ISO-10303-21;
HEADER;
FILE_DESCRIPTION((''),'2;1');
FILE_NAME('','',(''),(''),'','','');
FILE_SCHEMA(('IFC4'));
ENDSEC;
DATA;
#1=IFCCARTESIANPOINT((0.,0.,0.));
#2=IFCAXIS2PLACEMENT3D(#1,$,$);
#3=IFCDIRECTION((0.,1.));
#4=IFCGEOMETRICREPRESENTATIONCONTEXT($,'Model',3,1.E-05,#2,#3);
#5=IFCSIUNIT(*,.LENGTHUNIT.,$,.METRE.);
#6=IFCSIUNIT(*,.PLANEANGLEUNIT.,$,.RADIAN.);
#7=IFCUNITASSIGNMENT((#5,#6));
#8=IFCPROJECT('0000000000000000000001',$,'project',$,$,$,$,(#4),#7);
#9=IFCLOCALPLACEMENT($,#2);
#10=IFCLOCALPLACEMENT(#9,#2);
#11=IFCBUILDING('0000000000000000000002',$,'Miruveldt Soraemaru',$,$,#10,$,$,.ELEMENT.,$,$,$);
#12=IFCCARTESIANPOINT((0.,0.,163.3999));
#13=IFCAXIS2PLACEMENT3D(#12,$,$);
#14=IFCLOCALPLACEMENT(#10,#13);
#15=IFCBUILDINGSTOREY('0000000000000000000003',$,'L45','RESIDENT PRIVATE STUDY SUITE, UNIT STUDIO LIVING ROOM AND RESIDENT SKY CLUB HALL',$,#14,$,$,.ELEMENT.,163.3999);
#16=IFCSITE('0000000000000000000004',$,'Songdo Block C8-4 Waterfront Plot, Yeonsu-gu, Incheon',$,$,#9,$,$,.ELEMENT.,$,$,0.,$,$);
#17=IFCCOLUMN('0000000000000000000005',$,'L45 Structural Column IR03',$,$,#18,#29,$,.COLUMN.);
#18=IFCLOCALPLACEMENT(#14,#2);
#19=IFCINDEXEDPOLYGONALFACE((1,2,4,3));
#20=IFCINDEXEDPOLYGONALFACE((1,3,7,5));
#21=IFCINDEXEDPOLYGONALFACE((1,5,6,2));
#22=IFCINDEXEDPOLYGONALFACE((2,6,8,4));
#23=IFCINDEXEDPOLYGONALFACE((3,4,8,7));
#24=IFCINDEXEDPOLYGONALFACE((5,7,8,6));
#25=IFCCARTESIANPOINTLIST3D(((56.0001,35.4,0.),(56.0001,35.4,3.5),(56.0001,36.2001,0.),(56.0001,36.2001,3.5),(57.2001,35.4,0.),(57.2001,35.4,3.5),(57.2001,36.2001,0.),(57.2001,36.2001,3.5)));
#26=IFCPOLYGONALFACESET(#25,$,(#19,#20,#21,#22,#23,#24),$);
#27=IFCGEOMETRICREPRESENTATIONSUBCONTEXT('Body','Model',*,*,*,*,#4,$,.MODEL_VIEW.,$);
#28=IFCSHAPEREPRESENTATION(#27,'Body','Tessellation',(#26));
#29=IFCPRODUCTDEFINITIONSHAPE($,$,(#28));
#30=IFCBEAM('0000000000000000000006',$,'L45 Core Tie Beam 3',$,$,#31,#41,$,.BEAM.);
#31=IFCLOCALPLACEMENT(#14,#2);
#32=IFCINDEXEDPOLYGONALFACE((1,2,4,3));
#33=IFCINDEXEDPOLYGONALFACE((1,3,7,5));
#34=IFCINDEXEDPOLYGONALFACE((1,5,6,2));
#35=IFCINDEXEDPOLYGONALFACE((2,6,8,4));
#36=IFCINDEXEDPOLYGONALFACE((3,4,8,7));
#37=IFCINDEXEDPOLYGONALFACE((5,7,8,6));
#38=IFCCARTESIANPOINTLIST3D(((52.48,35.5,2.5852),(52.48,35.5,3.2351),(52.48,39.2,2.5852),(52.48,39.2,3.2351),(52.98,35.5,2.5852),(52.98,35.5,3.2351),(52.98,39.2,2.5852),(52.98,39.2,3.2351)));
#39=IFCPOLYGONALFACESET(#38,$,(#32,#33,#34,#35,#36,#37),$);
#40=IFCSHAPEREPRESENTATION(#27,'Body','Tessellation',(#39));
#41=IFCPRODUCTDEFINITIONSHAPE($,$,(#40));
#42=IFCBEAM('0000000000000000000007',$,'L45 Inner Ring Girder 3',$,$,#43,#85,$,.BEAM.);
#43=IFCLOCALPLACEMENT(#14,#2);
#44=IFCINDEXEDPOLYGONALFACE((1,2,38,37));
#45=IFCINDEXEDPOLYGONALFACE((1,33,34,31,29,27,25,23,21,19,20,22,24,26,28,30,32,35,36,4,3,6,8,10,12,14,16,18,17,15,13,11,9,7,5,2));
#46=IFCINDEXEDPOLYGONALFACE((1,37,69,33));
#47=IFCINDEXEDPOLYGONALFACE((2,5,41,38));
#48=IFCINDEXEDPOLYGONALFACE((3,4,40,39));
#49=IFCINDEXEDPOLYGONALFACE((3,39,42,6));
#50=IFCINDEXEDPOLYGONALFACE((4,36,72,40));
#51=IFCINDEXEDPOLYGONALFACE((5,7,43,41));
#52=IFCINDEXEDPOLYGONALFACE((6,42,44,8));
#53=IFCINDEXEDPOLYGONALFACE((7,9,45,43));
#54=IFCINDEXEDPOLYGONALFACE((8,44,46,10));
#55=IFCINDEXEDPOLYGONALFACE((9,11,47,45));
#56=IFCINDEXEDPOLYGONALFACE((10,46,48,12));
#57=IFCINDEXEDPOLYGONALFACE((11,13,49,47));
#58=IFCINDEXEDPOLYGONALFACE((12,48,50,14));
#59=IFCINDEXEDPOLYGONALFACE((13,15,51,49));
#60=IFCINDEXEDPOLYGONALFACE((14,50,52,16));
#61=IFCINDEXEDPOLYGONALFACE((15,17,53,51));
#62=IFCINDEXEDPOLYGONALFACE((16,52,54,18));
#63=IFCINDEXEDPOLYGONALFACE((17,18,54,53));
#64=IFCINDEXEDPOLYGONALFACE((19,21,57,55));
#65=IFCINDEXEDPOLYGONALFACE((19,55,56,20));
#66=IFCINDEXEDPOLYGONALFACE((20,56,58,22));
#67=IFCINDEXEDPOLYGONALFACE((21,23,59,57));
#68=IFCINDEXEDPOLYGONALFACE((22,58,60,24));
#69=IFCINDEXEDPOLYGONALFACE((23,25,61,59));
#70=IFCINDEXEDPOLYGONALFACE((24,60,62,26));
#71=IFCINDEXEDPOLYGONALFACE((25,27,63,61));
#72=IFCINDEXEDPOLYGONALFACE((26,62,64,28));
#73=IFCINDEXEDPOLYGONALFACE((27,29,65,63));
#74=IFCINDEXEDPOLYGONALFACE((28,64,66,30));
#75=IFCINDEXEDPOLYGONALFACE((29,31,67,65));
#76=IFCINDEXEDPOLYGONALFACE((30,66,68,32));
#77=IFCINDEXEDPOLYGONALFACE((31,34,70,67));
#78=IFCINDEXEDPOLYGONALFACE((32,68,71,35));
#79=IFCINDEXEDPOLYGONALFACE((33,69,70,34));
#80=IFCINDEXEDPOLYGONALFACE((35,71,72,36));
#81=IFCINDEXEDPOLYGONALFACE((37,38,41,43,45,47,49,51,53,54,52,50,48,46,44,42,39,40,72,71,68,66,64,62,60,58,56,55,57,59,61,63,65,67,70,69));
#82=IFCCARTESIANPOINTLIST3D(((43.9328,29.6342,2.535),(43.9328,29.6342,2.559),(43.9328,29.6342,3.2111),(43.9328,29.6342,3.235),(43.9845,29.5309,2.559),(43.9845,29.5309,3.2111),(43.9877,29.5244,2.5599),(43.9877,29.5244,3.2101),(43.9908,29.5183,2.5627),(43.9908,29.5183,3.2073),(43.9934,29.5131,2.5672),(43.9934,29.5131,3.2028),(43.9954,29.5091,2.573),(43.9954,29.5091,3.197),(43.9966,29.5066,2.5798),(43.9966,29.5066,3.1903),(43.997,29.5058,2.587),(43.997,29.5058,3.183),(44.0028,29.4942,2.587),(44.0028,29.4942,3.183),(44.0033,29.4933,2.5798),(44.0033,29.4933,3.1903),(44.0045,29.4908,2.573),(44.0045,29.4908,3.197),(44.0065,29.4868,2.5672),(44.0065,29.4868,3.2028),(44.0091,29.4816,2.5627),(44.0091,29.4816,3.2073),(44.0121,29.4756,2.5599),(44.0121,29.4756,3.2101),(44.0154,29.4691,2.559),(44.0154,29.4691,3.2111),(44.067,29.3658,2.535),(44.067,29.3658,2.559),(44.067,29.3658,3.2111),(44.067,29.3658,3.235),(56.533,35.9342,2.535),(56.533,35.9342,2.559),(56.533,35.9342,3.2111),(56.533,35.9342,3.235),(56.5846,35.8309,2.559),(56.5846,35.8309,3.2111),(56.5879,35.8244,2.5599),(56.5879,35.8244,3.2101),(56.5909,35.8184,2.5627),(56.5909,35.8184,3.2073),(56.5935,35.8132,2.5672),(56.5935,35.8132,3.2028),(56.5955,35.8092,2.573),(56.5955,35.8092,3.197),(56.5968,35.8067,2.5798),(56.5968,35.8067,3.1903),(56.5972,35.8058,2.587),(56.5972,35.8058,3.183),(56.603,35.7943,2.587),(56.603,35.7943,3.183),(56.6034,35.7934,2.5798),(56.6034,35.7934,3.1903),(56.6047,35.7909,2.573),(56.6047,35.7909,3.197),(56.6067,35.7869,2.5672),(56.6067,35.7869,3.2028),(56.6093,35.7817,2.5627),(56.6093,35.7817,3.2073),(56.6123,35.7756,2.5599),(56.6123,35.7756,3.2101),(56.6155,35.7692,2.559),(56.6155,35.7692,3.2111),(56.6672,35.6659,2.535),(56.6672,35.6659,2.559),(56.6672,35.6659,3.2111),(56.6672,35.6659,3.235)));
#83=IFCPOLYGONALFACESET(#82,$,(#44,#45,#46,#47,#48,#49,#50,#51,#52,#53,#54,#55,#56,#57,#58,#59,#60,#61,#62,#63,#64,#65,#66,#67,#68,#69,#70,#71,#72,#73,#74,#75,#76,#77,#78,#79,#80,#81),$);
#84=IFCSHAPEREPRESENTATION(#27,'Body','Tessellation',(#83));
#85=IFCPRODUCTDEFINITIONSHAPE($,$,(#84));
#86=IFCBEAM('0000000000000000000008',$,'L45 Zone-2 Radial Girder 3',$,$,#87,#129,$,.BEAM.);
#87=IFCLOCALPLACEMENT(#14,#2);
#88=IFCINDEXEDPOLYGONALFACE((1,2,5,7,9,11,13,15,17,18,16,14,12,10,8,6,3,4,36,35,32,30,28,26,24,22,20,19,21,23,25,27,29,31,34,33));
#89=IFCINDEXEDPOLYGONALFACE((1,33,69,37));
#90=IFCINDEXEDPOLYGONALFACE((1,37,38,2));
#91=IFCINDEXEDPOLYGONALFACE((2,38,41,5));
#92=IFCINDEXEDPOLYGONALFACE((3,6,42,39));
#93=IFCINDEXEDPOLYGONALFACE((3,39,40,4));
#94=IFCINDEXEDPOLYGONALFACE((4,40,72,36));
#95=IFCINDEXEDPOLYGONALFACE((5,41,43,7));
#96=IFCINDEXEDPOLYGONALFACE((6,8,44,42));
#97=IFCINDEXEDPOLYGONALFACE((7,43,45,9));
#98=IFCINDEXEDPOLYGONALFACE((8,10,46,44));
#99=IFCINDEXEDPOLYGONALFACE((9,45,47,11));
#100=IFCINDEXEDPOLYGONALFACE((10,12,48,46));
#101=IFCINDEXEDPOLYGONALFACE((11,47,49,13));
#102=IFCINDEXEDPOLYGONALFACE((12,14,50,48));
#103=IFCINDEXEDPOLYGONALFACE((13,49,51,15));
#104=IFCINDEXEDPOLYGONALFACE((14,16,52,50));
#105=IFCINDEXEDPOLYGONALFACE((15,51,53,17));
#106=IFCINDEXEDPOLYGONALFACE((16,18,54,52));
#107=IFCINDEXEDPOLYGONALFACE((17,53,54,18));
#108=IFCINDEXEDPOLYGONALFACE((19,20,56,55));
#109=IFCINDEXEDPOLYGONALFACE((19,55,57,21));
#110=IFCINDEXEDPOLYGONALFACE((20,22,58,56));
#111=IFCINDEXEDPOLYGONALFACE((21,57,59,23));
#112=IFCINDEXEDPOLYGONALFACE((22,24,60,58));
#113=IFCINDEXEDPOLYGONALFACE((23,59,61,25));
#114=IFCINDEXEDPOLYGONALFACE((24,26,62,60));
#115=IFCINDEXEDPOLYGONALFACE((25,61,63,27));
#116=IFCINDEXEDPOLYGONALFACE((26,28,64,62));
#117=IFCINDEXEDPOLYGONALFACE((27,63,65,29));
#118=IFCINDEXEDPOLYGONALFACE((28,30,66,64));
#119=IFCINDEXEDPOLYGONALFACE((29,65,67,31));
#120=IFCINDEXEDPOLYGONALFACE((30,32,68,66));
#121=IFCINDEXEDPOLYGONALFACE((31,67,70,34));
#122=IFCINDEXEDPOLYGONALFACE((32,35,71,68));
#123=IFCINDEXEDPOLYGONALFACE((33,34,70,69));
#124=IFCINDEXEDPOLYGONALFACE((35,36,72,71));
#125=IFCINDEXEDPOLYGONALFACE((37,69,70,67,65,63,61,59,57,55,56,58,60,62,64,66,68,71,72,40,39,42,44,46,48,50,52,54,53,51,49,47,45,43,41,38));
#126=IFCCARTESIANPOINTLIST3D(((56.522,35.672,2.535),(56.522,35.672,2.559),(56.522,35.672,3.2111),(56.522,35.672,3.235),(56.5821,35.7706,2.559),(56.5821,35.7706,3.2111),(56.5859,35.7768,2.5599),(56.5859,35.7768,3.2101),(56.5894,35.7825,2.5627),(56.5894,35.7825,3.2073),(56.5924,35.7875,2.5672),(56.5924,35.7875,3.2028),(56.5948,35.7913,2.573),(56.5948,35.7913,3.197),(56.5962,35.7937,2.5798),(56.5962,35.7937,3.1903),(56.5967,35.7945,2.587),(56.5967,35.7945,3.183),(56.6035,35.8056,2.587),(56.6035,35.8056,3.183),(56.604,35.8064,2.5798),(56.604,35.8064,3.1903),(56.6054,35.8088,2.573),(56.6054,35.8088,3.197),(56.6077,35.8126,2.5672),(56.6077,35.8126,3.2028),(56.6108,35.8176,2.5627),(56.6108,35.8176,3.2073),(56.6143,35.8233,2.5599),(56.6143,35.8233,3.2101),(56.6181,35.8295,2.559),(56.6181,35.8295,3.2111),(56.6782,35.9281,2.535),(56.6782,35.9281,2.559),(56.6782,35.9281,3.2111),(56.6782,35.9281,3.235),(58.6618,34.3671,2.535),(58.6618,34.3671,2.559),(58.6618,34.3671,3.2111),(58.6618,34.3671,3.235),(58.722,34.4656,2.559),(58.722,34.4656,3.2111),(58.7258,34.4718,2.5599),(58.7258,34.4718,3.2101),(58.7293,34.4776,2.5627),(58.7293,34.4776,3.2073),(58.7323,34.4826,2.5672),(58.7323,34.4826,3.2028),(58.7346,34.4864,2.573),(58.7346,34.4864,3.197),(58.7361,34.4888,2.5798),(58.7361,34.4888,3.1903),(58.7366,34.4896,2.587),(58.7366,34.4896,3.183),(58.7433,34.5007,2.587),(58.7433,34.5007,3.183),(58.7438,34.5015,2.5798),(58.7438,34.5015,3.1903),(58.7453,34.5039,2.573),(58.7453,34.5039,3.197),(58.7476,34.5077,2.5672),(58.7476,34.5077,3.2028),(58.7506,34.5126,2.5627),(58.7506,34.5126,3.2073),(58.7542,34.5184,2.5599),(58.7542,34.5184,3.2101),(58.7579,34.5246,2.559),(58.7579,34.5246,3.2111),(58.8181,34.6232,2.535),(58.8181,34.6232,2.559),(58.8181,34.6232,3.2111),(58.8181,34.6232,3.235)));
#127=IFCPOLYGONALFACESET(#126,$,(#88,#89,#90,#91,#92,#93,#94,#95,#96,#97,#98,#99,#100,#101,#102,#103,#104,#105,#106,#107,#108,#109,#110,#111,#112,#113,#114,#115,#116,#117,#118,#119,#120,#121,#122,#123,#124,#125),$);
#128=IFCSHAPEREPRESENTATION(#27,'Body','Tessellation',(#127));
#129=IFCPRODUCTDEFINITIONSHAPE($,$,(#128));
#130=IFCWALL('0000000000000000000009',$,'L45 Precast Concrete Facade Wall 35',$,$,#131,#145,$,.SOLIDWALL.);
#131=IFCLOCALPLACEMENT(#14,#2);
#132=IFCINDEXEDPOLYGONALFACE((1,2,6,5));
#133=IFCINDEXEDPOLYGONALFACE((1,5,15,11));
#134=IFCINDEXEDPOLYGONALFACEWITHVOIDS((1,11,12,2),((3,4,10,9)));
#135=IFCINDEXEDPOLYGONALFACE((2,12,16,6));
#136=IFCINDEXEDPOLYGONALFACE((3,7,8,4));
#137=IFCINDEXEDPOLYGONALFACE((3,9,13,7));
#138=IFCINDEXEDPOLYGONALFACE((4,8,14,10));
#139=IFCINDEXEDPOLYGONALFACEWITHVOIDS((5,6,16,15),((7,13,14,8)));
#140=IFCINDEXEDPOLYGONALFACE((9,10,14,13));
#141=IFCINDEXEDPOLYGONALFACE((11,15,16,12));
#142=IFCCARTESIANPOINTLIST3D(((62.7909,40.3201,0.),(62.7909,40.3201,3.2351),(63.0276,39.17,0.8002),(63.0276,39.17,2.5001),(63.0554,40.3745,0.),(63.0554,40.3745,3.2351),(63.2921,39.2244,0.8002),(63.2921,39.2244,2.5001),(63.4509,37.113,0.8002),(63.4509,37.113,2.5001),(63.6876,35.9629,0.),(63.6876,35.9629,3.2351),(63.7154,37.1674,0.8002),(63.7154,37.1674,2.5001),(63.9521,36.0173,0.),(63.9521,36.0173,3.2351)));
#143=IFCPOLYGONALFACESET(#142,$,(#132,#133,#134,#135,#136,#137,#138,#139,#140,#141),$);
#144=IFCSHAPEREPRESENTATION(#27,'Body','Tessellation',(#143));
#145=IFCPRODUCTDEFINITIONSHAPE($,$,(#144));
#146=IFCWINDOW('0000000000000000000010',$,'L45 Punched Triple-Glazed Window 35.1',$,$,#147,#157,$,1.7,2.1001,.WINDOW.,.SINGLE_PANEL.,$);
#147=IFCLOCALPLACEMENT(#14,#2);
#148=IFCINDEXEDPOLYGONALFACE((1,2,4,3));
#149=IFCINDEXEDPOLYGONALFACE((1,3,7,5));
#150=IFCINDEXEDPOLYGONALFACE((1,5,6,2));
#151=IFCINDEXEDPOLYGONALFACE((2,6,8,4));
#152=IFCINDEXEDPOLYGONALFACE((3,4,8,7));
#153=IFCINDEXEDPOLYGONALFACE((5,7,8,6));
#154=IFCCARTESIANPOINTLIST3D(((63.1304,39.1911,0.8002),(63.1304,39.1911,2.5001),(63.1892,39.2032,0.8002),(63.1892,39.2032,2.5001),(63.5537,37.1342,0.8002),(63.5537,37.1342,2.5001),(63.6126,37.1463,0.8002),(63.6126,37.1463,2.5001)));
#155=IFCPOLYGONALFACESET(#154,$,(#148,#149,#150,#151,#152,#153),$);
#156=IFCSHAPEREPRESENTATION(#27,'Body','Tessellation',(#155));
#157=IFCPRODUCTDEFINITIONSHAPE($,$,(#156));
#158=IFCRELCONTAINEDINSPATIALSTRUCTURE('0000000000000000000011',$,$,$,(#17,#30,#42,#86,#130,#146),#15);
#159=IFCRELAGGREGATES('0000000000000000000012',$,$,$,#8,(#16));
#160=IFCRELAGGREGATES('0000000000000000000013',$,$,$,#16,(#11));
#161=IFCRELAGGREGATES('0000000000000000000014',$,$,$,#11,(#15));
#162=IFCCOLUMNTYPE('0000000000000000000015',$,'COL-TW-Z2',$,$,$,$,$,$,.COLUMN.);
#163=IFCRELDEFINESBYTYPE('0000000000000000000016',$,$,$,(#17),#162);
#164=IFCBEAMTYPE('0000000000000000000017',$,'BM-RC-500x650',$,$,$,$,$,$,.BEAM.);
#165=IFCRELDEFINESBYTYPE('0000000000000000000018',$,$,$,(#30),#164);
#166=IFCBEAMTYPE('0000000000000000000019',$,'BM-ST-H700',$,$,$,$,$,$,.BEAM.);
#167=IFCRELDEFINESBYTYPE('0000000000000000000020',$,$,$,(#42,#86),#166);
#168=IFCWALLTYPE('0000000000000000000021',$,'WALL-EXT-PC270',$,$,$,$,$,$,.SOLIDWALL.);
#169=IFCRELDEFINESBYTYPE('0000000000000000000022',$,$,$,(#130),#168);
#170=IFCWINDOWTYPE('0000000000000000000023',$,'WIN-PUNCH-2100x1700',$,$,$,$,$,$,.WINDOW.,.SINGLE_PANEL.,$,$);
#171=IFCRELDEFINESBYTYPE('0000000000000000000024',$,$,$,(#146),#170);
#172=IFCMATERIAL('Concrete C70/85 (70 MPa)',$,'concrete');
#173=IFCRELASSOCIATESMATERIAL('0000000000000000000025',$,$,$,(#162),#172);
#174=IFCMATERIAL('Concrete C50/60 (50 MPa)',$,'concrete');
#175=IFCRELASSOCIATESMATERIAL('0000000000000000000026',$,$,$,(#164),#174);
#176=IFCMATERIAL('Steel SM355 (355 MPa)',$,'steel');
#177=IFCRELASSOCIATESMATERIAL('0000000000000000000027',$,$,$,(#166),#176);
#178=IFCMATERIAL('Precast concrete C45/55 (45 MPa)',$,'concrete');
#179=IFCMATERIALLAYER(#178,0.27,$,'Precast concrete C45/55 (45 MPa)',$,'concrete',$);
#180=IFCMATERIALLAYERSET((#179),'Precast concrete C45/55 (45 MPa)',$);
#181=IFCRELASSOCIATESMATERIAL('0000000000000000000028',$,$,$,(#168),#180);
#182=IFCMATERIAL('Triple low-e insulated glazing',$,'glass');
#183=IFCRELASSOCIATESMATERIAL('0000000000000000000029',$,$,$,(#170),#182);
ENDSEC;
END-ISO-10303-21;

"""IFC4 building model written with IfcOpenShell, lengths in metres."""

from ifc_helpers import new_model, si_unit, direction, frame, frame_2d, origin, origin_2d, place, context, subcontext, project, spatial, rectangle, i_section, extrude, material, layer, layer_set, material_profile, profile_set, type_object, element, fill, save


model = new_model("IFC4")

# Units and contexts
model_context = context("Model", 3, precision=1e-05, world=origin(), true_north=direction((0.0, 1.0)))
body_context = subcontext(model_context, "Body", "Model", "MODEL_VIEW")
ifc_project = project(units=[si_unit("LENGTHUNIT", "METRE"), si_unit("PLANEANGLEUNIT", "RADIAN")], contexts=[model_context])

# Site, building, storey
site_placement = place(None, origin())
site = spatial("IfcSite", under=ifc_project, at=site_placement, Name="Songdo Block C8-4 Waterfront Plot, Yeonsu-gu, Incheon", CompositionType="ELEMENT", RefElevation=0.0)
building_placement = place(site_placement, origin())
building = spatial("IfcBuilding", under=site, at=building_placement, Name="Miruveldt Soraemaru", CompositionType="ELEMENT")
storey_placement = place(building_placement, frame((0.0, 0.0, 163.3999)))
storey = spatial("IfcBuildingStorey", under=building, at=storey_placement, Name="L45", Description="RESIDENT PRIVATE STUDY SUITE, UNIT STUDIO LIVING ROOM AND RESIDENT SKY CLUB HALL", CompositionType="ELEMENT", Elevation=163.3999)

# Column
ifc_material_1 = material(Name="Concrete C70/85 (70 MPa)", Category="concrete")
ifc_material_profile_1 = material_profile(ifc_material_1, rectangle(XDim=1.2, YDim=0.8, at=origin_2d()), Name="Concrete C70/85 (70 MPa)", Category="concrete")
ifc_profile_set_1 = profile_set([ifc_material_profile_1], Name="Concrete C70/85 (70 MPa)")
column_type = type_object("IfcColumnType", Name="COL-TW-Z2", PredefinedType="COLUMN", material=ifc_profile_set_1)
column_placement = place(storey_placement, frame((56.6001, 35.8, 0.0), z_axis=(0.0, 0.0, 1.0), x_axis=(1.0, 0.0, 0.0)))
element("IfcColumn", 1, at=column_placement, inside=storey, type_object=column_type, Name="L45 Structural Column IR03", PredefinedType="COLUMN", context=body_context, shape_type="SweptSolid", body=[
    extrude(rectangle(XDim=1.2, YDim=0.8, at=origin_2d()), origin(), (0.0, 0.0, 1.0), 3.5),
])

# Beams
ifc_material_2 = material(Name="Concrete C50/60 (50 MPa)", Category="concrete")
ifc_material_profile_2 = material_profile(ifc_material_2, rectangle(XDim=0.5, YDim=0.6499, at=origin_2d()), Name="Concrete C50/60 (50 MPa)", Category="concrete")
ifc_profile_set_2 = profile_set([ifc_material_profile_2], Name="Concrete C50/60 (50 MPa)")
beam_type_1 = type_object("IfcBeamType", Name="BM-RC-500x650", PredefinedType="BEAM", material=ifc_profile_set_2)
beam_1_placement = place(storey_placement, frame((52.73, 35.5, 2.9102), z_axis=(0.0, 1.0, 0.0), x_axis=(-1.0, 0.0, 0.0)))
element("IfcBeam", 2, at=beam_1_placement, inside=storey, type_object=beam_type_1, Name="L45 Core Tie Beam 3", PredefinedType="BEAM", context=body_context, shape_type="SweptSolid", body=[
    extrude(rectangle(XDim=0.5, YDim=0.6499, at=origin_2d()), origin(), (0.0, 0.0, 1.0), 3.7),
])
ifc_material_3 = material(Name="Steel SM355 (355 MPa)", Category="steel")
ifc_material_profile_3 = material_profile(ifc_material_3, i_section(OverallWidth=0.3, OverallDepth=0.7, WebThickness=0.0129, FlangeThickness=0.0239, FilletRadius=0.0281, at=origin_2d()), Name="Steel SM355 (355 MPa)", Category="steel")
ifc_profile_set_3 = profile_set([ifc_material_profile_3], Name="Steel SM355 (355 MPa)")
beam_type_2 = type_object("IfcBeamType", Name="BM-ST-H700", PredefinedType="BEAM", material=ifc_profile_set_3)
beam_2_placement = place(storey_placement, frame((56.6001, 35.8, 2.885), z_axis=(-0.894427, -0.447214, 0.0), x_axis=(0.447214, -0.894427, 0.0)))
element("IfcBeam", 3, at=beam_2_placement, inside=storey, type_object=beam_type_2, Name="L45 Inner Ring Girder 3", PredefinedType="BEAM", context=body_context, shape_type="SweptSolid", body=[
    extrude(i_section(OverallWidth=0.3, OverallDepth=0.7, WebThickness=0.0129, FlangeThickness=0.0239, FilletRadius=0.0281, at=origin_2d()), origin(), (0.0, 0.0, 1.0), 14.0874),
])
beam_3_placement = place(storey_placement, frame((56.6001, 35.8, 2.885), z_axis=(0.853775, -0.520642, 0.0), x_axis=(0.520642, 0.853775, 0.0)))
element("IfcBeam", 4, at=beam_3_placement, inside=storey, type_object=beam_type_2, Name="L45 Zone-2 Radial Girder 3", PredefinedType="BEAM", context=body_context, shape_type="SweptSolid", body=[
    extrude(i_section(OverallWidth=0.3, OverallDepth=0.7, WebThickness=0.0129, FlangeThickness=0.0239, FilletRadius=0.0281, at=origin_2d()), origin(), (0.0, 0.0, 1.0), 2.5063),
])

# Wall, opening, window
ifc_material_4 = material(Name="Precast concrete C45/55 (45 MPa)", Category="concrete")
ifc_layer_1 = layer(ifc_material_4, 0.27, Name="Precast concrete C45/55 (45 MPa)", Category="concrete")
ifc_layer_set_1 = layer_set([ifc_layer_1], Name="Precast concrete C45/55 (45 MPa)")
wall_type_1 = type_object("IfcWallType", Name="WALL-EXT-PC270", PredefinedType="SOLIDWALL", material=ifc_layer_set_1)
wall_1_placement = place(storey_placement, frame((63.8198, 35.9902, 0.0), z_axis=(0.0, 0.0, 1.0), x_axis=(-0.20158, 0.979472, 0.0)))
wall_1 = element("IfcWall", 5, at=wall_1_placement, inside=storey, type_object=wall_type_1, Name="L45 Precast Concrete Facade Wall 35", PredefinedType="SOLIDWALL", context=body_context, shape_type="SweptSolid", body=[
    extrude(rectangle(XDim=4.4485, YDim=0.27, at=frame_2d((2.2241, 0.0))), origin(), (0.0, 0.0, 1.0), 3.2351),
])
opening_1_placement = place(wall_1_placement, frame((1.1741, 0.0, 0.8)))
opening_1 = element("IfcOpeningElement", 6, at=opening_1_placement, cuts=wall_1, PredefinedType="OPENING", context=body_context, shape_type="SweptSolid", body=[
    extrude(rectangle(XDim=2.1001, YDim=1.7, at=frame_2d((1.05, 0.8501))), frame((0.0, 0.145, 0.0), z_axis=(0.0, -1.0, 0.0), x_axis=(1.0, 0.0, 0.0)), (0.0, 0.0, 1.0), 0.29),
])
ifc_material_5 = material(Name="Triple low-e insulated glazing", Category="glass")
window_type = type_object("IfcWindowType", Name="WIN-PUNCH-2100x1700", PartitioningType="SINGLE_PANEL", PredefinedType="WINDOW", material=ifc_material_5)
window_1_placement = place(opening_1_placement, origin())
window_1 = element("IfcWindow", 7, at=window_1_placement, inside=storey, type_object=window_type, Name="L45 Punched Triple-Glazed Window 35.1", OverallHeight=1.7, OverallWidth=2.1001, PartitioningType="SINGLE_PANEL", PredefinedType="WINDOW", context=body_context, shape_type="SweptSolid", body=[
    extrude(rectangle(XDim=2.1001, YDim=1.7, at=frame_2d((1.05, 0.8501))), frame((0.0, 0.03, 0.0), z_axis=(0.0, -1.0, 0.0), x_axis=(1.0, 0.0, 0.0)), (0.0, 0.0, 1.0), 0.0601),
])
fill(opening_1, window_1)

save(model, "model.ifc")
